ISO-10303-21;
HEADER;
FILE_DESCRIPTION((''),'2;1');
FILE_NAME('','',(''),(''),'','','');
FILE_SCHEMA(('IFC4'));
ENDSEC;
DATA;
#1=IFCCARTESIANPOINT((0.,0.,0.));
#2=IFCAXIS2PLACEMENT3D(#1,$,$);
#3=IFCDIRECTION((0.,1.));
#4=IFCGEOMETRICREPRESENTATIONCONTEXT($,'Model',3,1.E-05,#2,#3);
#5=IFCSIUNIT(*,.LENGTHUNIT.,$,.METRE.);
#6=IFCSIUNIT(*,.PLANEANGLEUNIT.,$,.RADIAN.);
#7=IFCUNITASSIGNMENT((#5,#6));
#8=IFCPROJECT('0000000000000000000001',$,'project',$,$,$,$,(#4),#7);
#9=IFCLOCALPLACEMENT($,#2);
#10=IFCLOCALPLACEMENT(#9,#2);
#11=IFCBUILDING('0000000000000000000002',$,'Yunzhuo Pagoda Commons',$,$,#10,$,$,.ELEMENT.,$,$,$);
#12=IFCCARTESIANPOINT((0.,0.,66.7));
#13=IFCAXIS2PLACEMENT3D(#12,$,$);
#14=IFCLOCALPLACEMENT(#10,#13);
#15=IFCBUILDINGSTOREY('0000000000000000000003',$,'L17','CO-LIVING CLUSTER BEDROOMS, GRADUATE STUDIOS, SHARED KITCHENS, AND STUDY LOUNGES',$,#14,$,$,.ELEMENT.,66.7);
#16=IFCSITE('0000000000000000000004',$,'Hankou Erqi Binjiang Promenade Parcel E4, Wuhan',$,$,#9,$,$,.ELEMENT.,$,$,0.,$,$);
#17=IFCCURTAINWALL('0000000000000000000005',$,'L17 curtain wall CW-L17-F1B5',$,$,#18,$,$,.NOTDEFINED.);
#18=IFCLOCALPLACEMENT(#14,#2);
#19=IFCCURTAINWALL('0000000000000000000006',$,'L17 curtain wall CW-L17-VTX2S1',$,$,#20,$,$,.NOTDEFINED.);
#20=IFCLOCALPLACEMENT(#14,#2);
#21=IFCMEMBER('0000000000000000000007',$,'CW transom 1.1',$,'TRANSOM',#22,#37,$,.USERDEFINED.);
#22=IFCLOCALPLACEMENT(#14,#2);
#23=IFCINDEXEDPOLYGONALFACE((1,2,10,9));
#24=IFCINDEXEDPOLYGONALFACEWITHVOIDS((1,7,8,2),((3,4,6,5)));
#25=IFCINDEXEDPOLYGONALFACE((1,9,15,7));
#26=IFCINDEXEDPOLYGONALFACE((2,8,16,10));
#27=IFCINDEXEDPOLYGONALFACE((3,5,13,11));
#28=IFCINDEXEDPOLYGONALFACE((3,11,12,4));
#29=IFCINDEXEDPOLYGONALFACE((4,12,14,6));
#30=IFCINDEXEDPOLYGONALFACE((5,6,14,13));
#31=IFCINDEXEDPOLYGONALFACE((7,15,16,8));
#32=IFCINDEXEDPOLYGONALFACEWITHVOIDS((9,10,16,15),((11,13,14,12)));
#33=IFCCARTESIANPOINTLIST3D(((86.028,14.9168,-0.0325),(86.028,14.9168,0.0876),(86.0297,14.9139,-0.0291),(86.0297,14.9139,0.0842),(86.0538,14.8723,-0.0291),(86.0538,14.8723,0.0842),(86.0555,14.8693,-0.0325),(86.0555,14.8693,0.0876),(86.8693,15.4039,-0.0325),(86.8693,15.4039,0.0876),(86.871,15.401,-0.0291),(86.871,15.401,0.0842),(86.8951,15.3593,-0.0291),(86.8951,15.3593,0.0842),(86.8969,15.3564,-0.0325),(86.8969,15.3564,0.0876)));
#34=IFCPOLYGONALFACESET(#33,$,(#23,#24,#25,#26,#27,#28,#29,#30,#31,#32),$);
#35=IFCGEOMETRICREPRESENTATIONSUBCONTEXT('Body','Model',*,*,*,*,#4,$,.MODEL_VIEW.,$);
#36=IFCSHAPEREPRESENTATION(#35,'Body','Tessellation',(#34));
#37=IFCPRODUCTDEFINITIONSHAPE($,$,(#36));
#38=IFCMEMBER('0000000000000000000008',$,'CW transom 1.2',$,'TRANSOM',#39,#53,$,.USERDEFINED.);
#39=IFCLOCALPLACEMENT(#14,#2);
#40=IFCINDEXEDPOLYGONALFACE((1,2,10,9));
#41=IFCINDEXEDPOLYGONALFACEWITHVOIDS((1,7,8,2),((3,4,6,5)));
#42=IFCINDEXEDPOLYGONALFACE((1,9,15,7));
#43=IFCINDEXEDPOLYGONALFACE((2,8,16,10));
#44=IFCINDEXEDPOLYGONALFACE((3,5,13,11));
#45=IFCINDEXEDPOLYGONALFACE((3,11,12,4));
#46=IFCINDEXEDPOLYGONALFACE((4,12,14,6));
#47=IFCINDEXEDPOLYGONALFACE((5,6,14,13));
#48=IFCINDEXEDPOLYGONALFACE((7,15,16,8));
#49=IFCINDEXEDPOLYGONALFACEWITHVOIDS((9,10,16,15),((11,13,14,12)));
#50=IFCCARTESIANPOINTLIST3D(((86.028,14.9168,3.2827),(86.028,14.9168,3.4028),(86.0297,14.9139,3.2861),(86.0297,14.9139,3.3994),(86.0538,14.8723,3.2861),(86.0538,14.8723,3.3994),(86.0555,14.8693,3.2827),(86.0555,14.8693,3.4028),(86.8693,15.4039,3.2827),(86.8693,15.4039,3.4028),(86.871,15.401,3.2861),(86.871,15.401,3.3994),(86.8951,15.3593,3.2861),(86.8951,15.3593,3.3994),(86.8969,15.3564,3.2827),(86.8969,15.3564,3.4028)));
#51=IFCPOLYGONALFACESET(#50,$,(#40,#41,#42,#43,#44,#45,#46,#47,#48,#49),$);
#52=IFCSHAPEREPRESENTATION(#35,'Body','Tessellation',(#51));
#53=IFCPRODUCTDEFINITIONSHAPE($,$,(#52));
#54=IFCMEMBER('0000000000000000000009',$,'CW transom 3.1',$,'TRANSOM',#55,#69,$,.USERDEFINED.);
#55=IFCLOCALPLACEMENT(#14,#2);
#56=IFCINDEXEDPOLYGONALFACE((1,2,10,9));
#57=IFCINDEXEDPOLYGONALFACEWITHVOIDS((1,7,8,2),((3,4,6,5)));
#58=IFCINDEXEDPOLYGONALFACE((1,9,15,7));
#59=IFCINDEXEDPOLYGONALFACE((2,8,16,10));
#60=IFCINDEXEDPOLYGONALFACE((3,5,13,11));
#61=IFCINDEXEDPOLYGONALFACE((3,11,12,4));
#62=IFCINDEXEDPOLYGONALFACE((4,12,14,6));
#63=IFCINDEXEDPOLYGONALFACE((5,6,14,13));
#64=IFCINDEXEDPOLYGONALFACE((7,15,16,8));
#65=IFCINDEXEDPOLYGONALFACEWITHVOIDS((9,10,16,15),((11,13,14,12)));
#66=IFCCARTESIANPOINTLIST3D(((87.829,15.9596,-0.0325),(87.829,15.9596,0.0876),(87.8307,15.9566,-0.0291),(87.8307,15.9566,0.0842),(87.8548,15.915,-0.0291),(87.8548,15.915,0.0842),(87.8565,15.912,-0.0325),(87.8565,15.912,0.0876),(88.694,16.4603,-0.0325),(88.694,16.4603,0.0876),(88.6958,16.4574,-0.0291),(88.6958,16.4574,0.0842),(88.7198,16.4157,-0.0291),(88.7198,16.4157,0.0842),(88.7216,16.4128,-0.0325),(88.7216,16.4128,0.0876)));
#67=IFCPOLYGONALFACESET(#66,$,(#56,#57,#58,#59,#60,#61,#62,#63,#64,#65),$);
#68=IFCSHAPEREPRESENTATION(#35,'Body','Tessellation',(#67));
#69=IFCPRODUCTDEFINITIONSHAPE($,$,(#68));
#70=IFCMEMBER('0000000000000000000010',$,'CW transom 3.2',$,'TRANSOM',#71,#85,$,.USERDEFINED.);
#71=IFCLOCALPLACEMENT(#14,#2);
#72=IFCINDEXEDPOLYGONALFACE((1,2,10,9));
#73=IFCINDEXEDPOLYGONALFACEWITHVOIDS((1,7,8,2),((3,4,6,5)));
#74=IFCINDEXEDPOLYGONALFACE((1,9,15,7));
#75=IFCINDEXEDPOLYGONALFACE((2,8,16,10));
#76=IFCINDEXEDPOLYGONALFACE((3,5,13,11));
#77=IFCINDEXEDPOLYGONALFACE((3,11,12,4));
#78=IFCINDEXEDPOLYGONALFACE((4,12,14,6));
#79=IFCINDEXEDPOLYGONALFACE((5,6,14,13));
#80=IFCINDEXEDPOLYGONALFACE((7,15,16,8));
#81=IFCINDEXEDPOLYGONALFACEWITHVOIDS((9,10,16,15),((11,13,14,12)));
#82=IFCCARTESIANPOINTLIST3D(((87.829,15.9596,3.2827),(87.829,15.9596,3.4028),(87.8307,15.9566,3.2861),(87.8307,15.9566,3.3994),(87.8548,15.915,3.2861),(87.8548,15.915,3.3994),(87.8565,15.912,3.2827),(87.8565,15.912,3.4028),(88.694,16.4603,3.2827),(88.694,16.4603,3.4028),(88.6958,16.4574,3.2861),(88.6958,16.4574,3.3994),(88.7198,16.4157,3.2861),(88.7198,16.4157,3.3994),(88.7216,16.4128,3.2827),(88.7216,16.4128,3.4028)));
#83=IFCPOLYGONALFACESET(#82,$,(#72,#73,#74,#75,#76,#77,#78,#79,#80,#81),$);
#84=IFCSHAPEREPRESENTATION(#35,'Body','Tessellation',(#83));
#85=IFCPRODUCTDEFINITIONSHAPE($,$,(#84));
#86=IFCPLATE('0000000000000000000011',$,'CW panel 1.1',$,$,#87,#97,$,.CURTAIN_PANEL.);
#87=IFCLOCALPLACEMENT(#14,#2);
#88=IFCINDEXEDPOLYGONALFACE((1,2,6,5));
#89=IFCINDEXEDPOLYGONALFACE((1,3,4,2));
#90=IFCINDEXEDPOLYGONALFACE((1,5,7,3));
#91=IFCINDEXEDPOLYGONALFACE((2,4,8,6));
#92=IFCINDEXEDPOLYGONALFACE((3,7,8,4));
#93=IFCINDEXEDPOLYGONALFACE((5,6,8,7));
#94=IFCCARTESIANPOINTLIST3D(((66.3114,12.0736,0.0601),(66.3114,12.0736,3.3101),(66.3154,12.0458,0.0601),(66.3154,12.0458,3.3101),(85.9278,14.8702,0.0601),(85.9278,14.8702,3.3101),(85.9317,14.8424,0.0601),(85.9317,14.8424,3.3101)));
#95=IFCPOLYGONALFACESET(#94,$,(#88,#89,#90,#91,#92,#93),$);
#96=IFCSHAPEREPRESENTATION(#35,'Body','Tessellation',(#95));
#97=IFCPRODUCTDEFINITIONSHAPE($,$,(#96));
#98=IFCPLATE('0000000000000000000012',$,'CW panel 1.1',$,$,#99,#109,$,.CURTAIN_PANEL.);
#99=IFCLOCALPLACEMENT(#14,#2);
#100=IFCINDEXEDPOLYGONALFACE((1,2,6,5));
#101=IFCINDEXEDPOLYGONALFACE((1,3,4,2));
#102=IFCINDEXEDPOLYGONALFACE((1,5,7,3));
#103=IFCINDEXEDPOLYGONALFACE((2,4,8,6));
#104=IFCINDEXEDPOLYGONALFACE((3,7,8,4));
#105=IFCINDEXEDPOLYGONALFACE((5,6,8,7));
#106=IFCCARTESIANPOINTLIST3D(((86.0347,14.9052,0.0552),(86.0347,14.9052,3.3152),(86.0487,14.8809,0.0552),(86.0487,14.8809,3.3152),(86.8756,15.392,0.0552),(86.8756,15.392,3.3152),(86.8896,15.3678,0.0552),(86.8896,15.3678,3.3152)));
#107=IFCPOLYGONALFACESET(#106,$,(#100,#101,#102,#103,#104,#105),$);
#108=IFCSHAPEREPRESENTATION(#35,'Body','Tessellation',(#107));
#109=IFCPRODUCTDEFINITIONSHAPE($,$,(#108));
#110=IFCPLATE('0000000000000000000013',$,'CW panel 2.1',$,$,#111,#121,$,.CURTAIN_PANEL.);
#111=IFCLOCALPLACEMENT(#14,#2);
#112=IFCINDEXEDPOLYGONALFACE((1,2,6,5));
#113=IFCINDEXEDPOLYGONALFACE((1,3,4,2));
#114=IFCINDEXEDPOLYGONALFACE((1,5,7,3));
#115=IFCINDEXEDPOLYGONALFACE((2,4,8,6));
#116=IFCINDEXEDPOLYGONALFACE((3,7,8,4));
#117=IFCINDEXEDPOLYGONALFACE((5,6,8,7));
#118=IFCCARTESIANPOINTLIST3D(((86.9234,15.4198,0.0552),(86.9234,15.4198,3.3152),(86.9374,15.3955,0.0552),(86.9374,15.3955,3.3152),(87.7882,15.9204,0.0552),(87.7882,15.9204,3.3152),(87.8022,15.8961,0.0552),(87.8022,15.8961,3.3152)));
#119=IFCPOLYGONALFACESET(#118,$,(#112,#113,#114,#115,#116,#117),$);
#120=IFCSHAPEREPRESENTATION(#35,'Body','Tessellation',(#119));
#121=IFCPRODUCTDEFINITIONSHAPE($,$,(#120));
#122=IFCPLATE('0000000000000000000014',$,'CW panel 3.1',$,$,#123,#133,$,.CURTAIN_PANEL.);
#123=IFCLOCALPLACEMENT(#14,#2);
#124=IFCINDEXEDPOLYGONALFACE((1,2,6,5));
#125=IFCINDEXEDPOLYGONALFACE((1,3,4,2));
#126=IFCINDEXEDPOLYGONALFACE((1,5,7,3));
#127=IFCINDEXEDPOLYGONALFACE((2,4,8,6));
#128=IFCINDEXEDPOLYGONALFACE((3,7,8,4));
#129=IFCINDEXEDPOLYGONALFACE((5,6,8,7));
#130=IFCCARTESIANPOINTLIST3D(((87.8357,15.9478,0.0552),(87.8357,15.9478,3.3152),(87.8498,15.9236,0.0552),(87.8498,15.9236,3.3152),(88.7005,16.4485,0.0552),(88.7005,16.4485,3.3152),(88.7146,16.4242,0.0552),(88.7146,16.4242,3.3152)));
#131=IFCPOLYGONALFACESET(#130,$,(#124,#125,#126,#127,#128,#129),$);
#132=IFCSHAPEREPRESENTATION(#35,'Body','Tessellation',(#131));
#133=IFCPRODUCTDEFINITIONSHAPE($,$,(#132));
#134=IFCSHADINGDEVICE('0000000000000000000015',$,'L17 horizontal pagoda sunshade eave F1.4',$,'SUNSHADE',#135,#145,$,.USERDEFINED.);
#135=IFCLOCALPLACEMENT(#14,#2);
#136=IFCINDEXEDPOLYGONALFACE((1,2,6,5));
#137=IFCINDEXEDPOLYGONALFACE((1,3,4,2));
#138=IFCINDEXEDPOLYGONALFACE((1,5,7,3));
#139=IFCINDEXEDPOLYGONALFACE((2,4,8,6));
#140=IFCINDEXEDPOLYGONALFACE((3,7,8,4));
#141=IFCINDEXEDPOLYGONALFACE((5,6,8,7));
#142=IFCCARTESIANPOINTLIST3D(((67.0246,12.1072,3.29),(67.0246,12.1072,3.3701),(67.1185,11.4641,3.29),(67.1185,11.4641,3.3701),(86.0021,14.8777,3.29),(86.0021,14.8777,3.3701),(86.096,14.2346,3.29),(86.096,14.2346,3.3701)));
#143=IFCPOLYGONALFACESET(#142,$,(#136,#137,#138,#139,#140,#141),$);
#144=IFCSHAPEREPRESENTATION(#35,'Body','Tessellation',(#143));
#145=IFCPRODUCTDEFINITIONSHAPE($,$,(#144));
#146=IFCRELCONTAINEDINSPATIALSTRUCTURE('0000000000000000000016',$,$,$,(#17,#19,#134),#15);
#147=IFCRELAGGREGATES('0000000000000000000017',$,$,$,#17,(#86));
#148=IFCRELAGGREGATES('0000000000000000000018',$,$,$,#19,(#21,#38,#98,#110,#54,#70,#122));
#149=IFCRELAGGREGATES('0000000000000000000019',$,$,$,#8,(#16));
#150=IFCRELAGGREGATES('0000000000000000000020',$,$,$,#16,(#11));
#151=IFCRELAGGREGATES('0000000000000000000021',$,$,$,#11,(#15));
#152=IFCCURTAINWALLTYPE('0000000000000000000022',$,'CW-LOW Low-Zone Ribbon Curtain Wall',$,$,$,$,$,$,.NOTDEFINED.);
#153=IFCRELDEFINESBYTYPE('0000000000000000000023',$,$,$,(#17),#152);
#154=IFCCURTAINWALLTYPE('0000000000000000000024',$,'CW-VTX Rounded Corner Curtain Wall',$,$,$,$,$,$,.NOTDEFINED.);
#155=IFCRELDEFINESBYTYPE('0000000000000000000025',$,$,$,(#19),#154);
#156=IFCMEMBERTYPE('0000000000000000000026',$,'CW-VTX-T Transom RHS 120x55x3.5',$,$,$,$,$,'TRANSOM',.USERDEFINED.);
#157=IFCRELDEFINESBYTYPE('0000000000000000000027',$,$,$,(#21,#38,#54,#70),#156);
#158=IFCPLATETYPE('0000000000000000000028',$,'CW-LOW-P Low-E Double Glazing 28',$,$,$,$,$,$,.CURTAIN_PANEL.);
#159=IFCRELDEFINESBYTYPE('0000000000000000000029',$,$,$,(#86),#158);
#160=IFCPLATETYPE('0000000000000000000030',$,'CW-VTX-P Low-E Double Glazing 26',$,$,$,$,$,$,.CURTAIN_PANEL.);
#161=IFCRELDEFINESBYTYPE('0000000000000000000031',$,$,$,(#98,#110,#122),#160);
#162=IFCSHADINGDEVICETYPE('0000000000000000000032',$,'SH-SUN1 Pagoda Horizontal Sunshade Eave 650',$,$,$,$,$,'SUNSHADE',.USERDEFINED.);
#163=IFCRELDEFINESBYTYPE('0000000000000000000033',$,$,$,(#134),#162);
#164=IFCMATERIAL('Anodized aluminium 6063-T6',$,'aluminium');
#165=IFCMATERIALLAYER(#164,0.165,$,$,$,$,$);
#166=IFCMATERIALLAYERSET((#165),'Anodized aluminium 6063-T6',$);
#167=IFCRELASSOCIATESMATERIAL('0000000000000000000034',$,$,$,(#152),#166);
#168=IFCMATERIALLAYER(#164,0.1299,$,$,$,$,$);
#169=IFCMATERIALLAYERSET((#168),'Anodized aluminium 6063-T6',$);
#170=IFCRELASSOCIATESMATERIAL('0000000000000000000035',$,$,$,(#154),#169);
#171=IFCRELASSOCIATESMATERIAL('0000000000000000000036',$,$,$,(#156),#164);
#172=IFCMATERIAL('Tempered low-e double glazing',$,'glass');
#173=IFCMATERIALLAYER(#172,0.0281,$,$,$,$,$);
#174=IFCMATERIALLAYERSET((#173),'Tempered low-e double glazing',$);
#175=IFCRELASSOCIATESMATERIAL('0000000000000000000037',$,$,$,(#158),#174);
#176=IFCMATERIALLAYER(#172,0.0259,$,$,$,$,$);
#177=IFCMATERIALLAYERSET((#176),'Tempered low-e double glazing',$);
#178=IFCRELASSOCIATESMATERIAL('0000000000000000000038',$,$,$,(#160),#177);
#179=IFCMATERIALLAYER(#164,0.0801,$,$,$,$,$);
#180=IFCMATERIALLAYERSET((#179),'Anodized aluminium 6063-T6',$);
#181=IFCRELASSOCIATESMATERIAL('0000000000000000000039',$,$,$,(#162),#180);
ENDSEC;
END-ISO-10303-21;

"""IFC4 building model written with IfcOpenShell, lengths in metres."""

from ifc_helpers import new_model, si_unit, direction, frame, origin, origin_2d, place, context, subcontext, project, spatial, rectangle, hollow_rectangle, extrude, source, transform, mapped, material, layer, layer_set, material_profile, profile_set, type_object, element, aggregate, save


model = new_model("IFC4")

# Units and contexts
model_context = context("Model", 3, precision=1e-05, world=origin(), true_north=direction((0.0, 1.0)))
body_context = subcontext(model_context, "Body", "Model", "MODEL_VIEW")
ifc_project = project(units=[si_unit("LENGTHUNIT", "METRE"), si_unit("PLANEANGLEUNIT", "RADIAN")], contexts=[model_context])

# Site, building, storey
site_placement = place(None, origin())
site = spatial("IfcSite", under=ifc_project, at=site_placement, Name="Hankou Erqi Binjiang Promenade Parcel E4, Wuhan", CompositionType="ELEMENT", RefElevation=0.0)
building_placement = place(site_placement, origin())
building = spatial("IfcBuilding", under=site, at=building_placement, Name="Yunzhuo Pagoda Commons", CompositionType="ELEMENT")
storey_placement = place(building_placement, frame((0.0, 0.0, 66.7)))
storey = spatial("IfcBuildingStorey", under=building, at=storey_placement, Name="L17", Description="CO-LIVING CLUSTER BEDROOMS, GRADUATE STUDIOS, SHARED KITCHENS, AND STUDY LOUNGES", CompositionType="ELEMENT", Elevation=66.7)

# Curtain wall
ifc_material_1 = material(Name="Anodized aluminium 6063-T6", Category="aluminium")
ifc_layer_1 = layer(ifc_material_1, 0.165)
ifc_layer_set_1 = layer_set([ifc_layer_1], Name="Anodized aluminium 6063-T6")
curtain_wall_type_1 = type_object("IfcCurtainWallType", Name="CW-LOW Low-Zone Ribbon Curtain Wall", PredefinedType="NOTDEFINED", material=ifc_layer_set_1)
curtain_wall_1_placement = place(storey_placement, origin())
curtain_wall_1 = element("IfcCurtainWall", 1, at=curtain_wall_1_placement, inside=storey, type_object=curtain_wall_type_1, Name="L17 curtain wall CW-L17-F1B5", PredefinedType="NOTDEFINED")

# Curtain wall
ifc_layer_2 = layer(ifc_material_1, 0.1299)
ifc_layer_set_2 = layer_set([ifc_layer_2], Name="Anodized aluminium 6063-T6")
curtain_wall_type_2 = type_object("IfcCurtainWallType", Name="CW-VTX Rounded Corner Curtain Wall", PredefinedType="NOTDEFINED", material=ifc_layer_set_2)
curtain_wall_2_placement = place(storey_placement, origin())
curtain_wall_2 = element("IfcCurtainWall", 2, at=curtain_wall_2_placement, inside=storey, type_object=curtain_wall_type_2, Name="L17 curtain wall CW-L17-VTX2S1", PredefinedType="NOTDEFINED")

# Members
ifc_material_profile_1 = material_profile(ifc_material_1, hollow_rectangle(XDim=0.0549, YDim=0.1201, WallThickness=0.0034, at=origin_2d()), Name="Anodized aluminium 6063-T6")
ifc_profile_set_1 = profile_set([ifc_material_profile_1], Name="Anodized aluminium 6063-T6")
member_type_1 = type_object("IfcMemberType", Name="CW-VTX-T Transom RHS 120x55x3.5", ElementType="TRANSOM", PredefinedType="USERDEFINED", material=ifc_profile_set_1)
shared_shape_1 = source(origin(), body_context, "Body", "SweptSolid", [
    extrude(hollow_rectangle(XDim=0.0549, YDim=0.1201, WallThickness=0.0034, at=origin_2d()), origin(), (0.0, 0.0, 1.0), 0.9722),
])
member_1_placement = place(storey_placement, frame((86.0417, 14.8931, 0.0276), z_axis=(0.865432, 0.501026, 0.0), x_axis=(-0.501026, 0.865432, 0.0)))
member_1 = element("IfcMember", 3, at=member_1_placement, type_object=member_type_1, Name="CW transom 1.1", ObjectType="TRANSOM", PredefinedType="USERDEFINED", context=body_context, shape_type="MappedRepresentation", body=[
    mapped(shared_shape_1, transform((0.0, 0.0, 0.0), scale=1.0)),
])
member_2_placement = place(storey_placement, frame((86.0417, 14.8931, 3.3428), z_axis=(0.865432, 0.501026, 0.0), x_axis=(-0.501026, 0.865432, 0.0)))
member_2 = element("IfcMember", 4, at=member_2_placement, type_object=member_type_1, Name="CW transom 1.2", ObjectType="TRANSOM", PredefinedType="USERDEFINED", context=body_context, shape_type="MappedRepresentation", body=[
    mapped(shared_shape_1, transform((0.0, 0.0, 0.0), scale=1.0)),
])
shared_shape_2 = source(origin(), body_context, "Body", "SweptSolid", [
    extrude(hollow_rectangle(XDim=0.0549, YDim=0.1201, WallThickness=0.0034, at=origin_2d()), origin(), (0.0, 0.0, 1.0), 0.9995),
])
member_3_placement = place(storey_placement, frame((87.8428, 15.9358, 0.0276), z_axis=(0.865449, 0.500998, 0.0), x_axis=(-0.500998, 0.865449, 0.0)))
member_3 = element("IfcMember", 5, at=member_3_placement, type_object=member_type_1, Name="CW transom 3.1", ObjectType="TRANSOM", PredefinedType="USERDEFINED", context=body_context, shape_type="MappedRepresentation", body=[
    mapped(shared_shape_2, transform((0.0, 0.0, 0.0), scale=1.0)),
])
member_4_placement = place(storey_placement, frame((87.8428, 15.9358, 3.3428), z_axis=(0.865449, 0.500998, 0.0), x_axis=(-0.500998, 0.865449, 0.0)))
member_4 = element("IfcMember", 6, at=member_4_placement, type_object=member_type_1, Name="CW transom 3.2", ObjectType="TRANSOM", PredefinedType="USERDEFINED", context=body_context, shape_type="MappedRepresentation", body=[
    mapped(shared_shape_2, transform((0.0, 0.0, 0.0), scale=1.0)),
])

# Plates
ifc_material_2 = material(Name="Tempered low-e double glazing", Category="glass")
ifc_layer_3 = layer(ifc_material_2, 0.0281)
ifc_layer_set_3 = layer_set([ifc_layer_3], Name="Tempered low-e double glazing")
plate_type_1 = type_object("IfcPlateType", Name="CW-LOW-P Low-E Double Glazing 28", PredefinedType="CURTAIN_PANEL", material=ifc_layer_set_3)
shared_shape_3 = source(origin(), body_context, "Body", "SweptSolid", [
    extrude(rectangle(XDim=19.8147, YDim=0.0281, at=origin_2d()), origin(), (0.0, 0.0, 1.0), 3.25),
])
plate_1_placement = place(storey_placement, frame((76.1216, 13.458, 0.0601), z_axis=(0.0, 0.0, 1.0), x_axis=(0.98999, 0.14114, 0.0)))
plate_1 = element("IfcPlate", 7, at=plate_1_placement, type_object=plate_type_1, Name="CW panel 1.1", PredefinedType="CURTAIN_PANEL", context=body_context, shape_type="MappedRepresentation", body=[
    mapped(shared_shape_3, transform((0.0, 0.0, 0.0), scale=1.0)),
])
aggregate(curtain_wall_1, [plate_1])
ifc_layer_4 = layer(ifc_material_2, 0.0259)
ifc_layer_set_4 = layer_set([ifc_layer_4], Name="Tempered low-e double glazing")
plate_type_2 = type_object("IfcPlateType", Name="CW-VTX-P Low-E Double Glazing 26", PredefinedType="CURTAIN_PANEL", material=ifc_layer_set_4)
shared_shape_4 = source(origin(), body_context, "Body", "SweptSolid", [
    extrude(rectangle(XDim=0.9717, YDim=0.0281, at=origin_2d()), origin(), (0.0, 0.0, 1.0), 3.26),
])
plate_2_placement = place(storey_placement, frame((86.4622, 15.1365, 0.0552), z_axis=(0.0, 0.0, 1.0), x_axis=(0.865425, 0.501039, 0.0)))
plate_2 = element("IfcPlate", 8, at=plate_2_placement, type_object=plate_type_2, Name="CW panel 1.1", PredefinedType="CURTAIN_PANEL", context=body_context, shape_type="MappedRepresentation", body=[
    mapped(shared_shape_4, transform((0.0, 0.0, 0.0), scale=1.0)),
])
shared_shape_5 = source(origin(), body_context, "Body", "SweptSolid", [
    extrude(rectangle(XDim=0.9993, YDim=0.0281, at=origin_2d()), origin(), (0.0, 0.0, 1.0), 3.26),
])
plate_3_placement = place(storey_placement, frame((87.3628, 15.658, 0.0552), z_axis=(0.0, 0.0, 1.0), x_axis=(0.865425, 0.501039, 0.0)))
plate_3 = element("IfcPlate", 9, at=plate_3_placement, type_object=plate_type_2, Name="CW panel 2.1", PredefinedType="CURTAIN_PANEL", context=body_context, shape_type="MappedRepresentation", body=[
    mapped(shared_shape_5, transform((0.0, 0.0, 0.0), scale=1.0)),
])
plate_4_placement = place(storey_placement, frame((88.2751, 16.186, 0.0552), z_axis=(0.0, 0.0, 1.0), x_axis=(0.865425, 0.501039, 0.0)))
plate_4 = element("IfcPlate", 10, at=plate_4_placement, type_object=plate_type_2, Name="CW panel 3.1", PredefinedType="CURTAIN_PANEL", context=body_context, shape_type="MappedRepresentation", body=[
    mapped(shared_shape_5, transform((0.0, 0.0, 0.0), scale=1.0)),
])
aggregate(curtain_wall_2, [member_1, member_2, plate_2, plate_3, member_3, member_4, plate_4])

# Shading device
ifc_layer_5 = layer(ifc_material_1, 0.0801)
ifc_layer_set_5 = layer_set([ifc_layer_5], Name="Anodized aluminium 6063-T6")
shading_device_type = type_object("IfcShadingDeviceType", Name="SH-SUN1 Pagoda Horizontal Sunshade Eave 650", ElementType="SUNSHADE", PredefinedType="USERDEFINED", material=ifc_layer_set_5)
shared_shape_6 = source(origin(), body_context, "Body", "SweptSolid", [
    extrude(rectangle(XDim=19.1787, YDim=0.6499, at=origin_2d()), origin(), (0.0, 0.0, 1.0), 0.0801),
])
shading_device_placement = place(storey_placement, frame((76.5603, 13.1709, 3.29), z_axis=(0.0, 0.0, 1.0), x_axis=(0.989511, 0.14446, 0.0)))
element("IfcShadingDevice", 11, at=shading_device_placement, inside=storey, type_object=shading_device_type, Name="L17 horizontal pagoda sunshade eave F1.4", ObjectType="SUNSHADE", PredefinedType="USERDEFINED", context=body_context, shape_type="MappedRepresentation", body=[
    mapped(shared_shape_6, transform((0.0, 0.0, 0.0), scale=1.0)),
])

save(model, "model.ifc")
